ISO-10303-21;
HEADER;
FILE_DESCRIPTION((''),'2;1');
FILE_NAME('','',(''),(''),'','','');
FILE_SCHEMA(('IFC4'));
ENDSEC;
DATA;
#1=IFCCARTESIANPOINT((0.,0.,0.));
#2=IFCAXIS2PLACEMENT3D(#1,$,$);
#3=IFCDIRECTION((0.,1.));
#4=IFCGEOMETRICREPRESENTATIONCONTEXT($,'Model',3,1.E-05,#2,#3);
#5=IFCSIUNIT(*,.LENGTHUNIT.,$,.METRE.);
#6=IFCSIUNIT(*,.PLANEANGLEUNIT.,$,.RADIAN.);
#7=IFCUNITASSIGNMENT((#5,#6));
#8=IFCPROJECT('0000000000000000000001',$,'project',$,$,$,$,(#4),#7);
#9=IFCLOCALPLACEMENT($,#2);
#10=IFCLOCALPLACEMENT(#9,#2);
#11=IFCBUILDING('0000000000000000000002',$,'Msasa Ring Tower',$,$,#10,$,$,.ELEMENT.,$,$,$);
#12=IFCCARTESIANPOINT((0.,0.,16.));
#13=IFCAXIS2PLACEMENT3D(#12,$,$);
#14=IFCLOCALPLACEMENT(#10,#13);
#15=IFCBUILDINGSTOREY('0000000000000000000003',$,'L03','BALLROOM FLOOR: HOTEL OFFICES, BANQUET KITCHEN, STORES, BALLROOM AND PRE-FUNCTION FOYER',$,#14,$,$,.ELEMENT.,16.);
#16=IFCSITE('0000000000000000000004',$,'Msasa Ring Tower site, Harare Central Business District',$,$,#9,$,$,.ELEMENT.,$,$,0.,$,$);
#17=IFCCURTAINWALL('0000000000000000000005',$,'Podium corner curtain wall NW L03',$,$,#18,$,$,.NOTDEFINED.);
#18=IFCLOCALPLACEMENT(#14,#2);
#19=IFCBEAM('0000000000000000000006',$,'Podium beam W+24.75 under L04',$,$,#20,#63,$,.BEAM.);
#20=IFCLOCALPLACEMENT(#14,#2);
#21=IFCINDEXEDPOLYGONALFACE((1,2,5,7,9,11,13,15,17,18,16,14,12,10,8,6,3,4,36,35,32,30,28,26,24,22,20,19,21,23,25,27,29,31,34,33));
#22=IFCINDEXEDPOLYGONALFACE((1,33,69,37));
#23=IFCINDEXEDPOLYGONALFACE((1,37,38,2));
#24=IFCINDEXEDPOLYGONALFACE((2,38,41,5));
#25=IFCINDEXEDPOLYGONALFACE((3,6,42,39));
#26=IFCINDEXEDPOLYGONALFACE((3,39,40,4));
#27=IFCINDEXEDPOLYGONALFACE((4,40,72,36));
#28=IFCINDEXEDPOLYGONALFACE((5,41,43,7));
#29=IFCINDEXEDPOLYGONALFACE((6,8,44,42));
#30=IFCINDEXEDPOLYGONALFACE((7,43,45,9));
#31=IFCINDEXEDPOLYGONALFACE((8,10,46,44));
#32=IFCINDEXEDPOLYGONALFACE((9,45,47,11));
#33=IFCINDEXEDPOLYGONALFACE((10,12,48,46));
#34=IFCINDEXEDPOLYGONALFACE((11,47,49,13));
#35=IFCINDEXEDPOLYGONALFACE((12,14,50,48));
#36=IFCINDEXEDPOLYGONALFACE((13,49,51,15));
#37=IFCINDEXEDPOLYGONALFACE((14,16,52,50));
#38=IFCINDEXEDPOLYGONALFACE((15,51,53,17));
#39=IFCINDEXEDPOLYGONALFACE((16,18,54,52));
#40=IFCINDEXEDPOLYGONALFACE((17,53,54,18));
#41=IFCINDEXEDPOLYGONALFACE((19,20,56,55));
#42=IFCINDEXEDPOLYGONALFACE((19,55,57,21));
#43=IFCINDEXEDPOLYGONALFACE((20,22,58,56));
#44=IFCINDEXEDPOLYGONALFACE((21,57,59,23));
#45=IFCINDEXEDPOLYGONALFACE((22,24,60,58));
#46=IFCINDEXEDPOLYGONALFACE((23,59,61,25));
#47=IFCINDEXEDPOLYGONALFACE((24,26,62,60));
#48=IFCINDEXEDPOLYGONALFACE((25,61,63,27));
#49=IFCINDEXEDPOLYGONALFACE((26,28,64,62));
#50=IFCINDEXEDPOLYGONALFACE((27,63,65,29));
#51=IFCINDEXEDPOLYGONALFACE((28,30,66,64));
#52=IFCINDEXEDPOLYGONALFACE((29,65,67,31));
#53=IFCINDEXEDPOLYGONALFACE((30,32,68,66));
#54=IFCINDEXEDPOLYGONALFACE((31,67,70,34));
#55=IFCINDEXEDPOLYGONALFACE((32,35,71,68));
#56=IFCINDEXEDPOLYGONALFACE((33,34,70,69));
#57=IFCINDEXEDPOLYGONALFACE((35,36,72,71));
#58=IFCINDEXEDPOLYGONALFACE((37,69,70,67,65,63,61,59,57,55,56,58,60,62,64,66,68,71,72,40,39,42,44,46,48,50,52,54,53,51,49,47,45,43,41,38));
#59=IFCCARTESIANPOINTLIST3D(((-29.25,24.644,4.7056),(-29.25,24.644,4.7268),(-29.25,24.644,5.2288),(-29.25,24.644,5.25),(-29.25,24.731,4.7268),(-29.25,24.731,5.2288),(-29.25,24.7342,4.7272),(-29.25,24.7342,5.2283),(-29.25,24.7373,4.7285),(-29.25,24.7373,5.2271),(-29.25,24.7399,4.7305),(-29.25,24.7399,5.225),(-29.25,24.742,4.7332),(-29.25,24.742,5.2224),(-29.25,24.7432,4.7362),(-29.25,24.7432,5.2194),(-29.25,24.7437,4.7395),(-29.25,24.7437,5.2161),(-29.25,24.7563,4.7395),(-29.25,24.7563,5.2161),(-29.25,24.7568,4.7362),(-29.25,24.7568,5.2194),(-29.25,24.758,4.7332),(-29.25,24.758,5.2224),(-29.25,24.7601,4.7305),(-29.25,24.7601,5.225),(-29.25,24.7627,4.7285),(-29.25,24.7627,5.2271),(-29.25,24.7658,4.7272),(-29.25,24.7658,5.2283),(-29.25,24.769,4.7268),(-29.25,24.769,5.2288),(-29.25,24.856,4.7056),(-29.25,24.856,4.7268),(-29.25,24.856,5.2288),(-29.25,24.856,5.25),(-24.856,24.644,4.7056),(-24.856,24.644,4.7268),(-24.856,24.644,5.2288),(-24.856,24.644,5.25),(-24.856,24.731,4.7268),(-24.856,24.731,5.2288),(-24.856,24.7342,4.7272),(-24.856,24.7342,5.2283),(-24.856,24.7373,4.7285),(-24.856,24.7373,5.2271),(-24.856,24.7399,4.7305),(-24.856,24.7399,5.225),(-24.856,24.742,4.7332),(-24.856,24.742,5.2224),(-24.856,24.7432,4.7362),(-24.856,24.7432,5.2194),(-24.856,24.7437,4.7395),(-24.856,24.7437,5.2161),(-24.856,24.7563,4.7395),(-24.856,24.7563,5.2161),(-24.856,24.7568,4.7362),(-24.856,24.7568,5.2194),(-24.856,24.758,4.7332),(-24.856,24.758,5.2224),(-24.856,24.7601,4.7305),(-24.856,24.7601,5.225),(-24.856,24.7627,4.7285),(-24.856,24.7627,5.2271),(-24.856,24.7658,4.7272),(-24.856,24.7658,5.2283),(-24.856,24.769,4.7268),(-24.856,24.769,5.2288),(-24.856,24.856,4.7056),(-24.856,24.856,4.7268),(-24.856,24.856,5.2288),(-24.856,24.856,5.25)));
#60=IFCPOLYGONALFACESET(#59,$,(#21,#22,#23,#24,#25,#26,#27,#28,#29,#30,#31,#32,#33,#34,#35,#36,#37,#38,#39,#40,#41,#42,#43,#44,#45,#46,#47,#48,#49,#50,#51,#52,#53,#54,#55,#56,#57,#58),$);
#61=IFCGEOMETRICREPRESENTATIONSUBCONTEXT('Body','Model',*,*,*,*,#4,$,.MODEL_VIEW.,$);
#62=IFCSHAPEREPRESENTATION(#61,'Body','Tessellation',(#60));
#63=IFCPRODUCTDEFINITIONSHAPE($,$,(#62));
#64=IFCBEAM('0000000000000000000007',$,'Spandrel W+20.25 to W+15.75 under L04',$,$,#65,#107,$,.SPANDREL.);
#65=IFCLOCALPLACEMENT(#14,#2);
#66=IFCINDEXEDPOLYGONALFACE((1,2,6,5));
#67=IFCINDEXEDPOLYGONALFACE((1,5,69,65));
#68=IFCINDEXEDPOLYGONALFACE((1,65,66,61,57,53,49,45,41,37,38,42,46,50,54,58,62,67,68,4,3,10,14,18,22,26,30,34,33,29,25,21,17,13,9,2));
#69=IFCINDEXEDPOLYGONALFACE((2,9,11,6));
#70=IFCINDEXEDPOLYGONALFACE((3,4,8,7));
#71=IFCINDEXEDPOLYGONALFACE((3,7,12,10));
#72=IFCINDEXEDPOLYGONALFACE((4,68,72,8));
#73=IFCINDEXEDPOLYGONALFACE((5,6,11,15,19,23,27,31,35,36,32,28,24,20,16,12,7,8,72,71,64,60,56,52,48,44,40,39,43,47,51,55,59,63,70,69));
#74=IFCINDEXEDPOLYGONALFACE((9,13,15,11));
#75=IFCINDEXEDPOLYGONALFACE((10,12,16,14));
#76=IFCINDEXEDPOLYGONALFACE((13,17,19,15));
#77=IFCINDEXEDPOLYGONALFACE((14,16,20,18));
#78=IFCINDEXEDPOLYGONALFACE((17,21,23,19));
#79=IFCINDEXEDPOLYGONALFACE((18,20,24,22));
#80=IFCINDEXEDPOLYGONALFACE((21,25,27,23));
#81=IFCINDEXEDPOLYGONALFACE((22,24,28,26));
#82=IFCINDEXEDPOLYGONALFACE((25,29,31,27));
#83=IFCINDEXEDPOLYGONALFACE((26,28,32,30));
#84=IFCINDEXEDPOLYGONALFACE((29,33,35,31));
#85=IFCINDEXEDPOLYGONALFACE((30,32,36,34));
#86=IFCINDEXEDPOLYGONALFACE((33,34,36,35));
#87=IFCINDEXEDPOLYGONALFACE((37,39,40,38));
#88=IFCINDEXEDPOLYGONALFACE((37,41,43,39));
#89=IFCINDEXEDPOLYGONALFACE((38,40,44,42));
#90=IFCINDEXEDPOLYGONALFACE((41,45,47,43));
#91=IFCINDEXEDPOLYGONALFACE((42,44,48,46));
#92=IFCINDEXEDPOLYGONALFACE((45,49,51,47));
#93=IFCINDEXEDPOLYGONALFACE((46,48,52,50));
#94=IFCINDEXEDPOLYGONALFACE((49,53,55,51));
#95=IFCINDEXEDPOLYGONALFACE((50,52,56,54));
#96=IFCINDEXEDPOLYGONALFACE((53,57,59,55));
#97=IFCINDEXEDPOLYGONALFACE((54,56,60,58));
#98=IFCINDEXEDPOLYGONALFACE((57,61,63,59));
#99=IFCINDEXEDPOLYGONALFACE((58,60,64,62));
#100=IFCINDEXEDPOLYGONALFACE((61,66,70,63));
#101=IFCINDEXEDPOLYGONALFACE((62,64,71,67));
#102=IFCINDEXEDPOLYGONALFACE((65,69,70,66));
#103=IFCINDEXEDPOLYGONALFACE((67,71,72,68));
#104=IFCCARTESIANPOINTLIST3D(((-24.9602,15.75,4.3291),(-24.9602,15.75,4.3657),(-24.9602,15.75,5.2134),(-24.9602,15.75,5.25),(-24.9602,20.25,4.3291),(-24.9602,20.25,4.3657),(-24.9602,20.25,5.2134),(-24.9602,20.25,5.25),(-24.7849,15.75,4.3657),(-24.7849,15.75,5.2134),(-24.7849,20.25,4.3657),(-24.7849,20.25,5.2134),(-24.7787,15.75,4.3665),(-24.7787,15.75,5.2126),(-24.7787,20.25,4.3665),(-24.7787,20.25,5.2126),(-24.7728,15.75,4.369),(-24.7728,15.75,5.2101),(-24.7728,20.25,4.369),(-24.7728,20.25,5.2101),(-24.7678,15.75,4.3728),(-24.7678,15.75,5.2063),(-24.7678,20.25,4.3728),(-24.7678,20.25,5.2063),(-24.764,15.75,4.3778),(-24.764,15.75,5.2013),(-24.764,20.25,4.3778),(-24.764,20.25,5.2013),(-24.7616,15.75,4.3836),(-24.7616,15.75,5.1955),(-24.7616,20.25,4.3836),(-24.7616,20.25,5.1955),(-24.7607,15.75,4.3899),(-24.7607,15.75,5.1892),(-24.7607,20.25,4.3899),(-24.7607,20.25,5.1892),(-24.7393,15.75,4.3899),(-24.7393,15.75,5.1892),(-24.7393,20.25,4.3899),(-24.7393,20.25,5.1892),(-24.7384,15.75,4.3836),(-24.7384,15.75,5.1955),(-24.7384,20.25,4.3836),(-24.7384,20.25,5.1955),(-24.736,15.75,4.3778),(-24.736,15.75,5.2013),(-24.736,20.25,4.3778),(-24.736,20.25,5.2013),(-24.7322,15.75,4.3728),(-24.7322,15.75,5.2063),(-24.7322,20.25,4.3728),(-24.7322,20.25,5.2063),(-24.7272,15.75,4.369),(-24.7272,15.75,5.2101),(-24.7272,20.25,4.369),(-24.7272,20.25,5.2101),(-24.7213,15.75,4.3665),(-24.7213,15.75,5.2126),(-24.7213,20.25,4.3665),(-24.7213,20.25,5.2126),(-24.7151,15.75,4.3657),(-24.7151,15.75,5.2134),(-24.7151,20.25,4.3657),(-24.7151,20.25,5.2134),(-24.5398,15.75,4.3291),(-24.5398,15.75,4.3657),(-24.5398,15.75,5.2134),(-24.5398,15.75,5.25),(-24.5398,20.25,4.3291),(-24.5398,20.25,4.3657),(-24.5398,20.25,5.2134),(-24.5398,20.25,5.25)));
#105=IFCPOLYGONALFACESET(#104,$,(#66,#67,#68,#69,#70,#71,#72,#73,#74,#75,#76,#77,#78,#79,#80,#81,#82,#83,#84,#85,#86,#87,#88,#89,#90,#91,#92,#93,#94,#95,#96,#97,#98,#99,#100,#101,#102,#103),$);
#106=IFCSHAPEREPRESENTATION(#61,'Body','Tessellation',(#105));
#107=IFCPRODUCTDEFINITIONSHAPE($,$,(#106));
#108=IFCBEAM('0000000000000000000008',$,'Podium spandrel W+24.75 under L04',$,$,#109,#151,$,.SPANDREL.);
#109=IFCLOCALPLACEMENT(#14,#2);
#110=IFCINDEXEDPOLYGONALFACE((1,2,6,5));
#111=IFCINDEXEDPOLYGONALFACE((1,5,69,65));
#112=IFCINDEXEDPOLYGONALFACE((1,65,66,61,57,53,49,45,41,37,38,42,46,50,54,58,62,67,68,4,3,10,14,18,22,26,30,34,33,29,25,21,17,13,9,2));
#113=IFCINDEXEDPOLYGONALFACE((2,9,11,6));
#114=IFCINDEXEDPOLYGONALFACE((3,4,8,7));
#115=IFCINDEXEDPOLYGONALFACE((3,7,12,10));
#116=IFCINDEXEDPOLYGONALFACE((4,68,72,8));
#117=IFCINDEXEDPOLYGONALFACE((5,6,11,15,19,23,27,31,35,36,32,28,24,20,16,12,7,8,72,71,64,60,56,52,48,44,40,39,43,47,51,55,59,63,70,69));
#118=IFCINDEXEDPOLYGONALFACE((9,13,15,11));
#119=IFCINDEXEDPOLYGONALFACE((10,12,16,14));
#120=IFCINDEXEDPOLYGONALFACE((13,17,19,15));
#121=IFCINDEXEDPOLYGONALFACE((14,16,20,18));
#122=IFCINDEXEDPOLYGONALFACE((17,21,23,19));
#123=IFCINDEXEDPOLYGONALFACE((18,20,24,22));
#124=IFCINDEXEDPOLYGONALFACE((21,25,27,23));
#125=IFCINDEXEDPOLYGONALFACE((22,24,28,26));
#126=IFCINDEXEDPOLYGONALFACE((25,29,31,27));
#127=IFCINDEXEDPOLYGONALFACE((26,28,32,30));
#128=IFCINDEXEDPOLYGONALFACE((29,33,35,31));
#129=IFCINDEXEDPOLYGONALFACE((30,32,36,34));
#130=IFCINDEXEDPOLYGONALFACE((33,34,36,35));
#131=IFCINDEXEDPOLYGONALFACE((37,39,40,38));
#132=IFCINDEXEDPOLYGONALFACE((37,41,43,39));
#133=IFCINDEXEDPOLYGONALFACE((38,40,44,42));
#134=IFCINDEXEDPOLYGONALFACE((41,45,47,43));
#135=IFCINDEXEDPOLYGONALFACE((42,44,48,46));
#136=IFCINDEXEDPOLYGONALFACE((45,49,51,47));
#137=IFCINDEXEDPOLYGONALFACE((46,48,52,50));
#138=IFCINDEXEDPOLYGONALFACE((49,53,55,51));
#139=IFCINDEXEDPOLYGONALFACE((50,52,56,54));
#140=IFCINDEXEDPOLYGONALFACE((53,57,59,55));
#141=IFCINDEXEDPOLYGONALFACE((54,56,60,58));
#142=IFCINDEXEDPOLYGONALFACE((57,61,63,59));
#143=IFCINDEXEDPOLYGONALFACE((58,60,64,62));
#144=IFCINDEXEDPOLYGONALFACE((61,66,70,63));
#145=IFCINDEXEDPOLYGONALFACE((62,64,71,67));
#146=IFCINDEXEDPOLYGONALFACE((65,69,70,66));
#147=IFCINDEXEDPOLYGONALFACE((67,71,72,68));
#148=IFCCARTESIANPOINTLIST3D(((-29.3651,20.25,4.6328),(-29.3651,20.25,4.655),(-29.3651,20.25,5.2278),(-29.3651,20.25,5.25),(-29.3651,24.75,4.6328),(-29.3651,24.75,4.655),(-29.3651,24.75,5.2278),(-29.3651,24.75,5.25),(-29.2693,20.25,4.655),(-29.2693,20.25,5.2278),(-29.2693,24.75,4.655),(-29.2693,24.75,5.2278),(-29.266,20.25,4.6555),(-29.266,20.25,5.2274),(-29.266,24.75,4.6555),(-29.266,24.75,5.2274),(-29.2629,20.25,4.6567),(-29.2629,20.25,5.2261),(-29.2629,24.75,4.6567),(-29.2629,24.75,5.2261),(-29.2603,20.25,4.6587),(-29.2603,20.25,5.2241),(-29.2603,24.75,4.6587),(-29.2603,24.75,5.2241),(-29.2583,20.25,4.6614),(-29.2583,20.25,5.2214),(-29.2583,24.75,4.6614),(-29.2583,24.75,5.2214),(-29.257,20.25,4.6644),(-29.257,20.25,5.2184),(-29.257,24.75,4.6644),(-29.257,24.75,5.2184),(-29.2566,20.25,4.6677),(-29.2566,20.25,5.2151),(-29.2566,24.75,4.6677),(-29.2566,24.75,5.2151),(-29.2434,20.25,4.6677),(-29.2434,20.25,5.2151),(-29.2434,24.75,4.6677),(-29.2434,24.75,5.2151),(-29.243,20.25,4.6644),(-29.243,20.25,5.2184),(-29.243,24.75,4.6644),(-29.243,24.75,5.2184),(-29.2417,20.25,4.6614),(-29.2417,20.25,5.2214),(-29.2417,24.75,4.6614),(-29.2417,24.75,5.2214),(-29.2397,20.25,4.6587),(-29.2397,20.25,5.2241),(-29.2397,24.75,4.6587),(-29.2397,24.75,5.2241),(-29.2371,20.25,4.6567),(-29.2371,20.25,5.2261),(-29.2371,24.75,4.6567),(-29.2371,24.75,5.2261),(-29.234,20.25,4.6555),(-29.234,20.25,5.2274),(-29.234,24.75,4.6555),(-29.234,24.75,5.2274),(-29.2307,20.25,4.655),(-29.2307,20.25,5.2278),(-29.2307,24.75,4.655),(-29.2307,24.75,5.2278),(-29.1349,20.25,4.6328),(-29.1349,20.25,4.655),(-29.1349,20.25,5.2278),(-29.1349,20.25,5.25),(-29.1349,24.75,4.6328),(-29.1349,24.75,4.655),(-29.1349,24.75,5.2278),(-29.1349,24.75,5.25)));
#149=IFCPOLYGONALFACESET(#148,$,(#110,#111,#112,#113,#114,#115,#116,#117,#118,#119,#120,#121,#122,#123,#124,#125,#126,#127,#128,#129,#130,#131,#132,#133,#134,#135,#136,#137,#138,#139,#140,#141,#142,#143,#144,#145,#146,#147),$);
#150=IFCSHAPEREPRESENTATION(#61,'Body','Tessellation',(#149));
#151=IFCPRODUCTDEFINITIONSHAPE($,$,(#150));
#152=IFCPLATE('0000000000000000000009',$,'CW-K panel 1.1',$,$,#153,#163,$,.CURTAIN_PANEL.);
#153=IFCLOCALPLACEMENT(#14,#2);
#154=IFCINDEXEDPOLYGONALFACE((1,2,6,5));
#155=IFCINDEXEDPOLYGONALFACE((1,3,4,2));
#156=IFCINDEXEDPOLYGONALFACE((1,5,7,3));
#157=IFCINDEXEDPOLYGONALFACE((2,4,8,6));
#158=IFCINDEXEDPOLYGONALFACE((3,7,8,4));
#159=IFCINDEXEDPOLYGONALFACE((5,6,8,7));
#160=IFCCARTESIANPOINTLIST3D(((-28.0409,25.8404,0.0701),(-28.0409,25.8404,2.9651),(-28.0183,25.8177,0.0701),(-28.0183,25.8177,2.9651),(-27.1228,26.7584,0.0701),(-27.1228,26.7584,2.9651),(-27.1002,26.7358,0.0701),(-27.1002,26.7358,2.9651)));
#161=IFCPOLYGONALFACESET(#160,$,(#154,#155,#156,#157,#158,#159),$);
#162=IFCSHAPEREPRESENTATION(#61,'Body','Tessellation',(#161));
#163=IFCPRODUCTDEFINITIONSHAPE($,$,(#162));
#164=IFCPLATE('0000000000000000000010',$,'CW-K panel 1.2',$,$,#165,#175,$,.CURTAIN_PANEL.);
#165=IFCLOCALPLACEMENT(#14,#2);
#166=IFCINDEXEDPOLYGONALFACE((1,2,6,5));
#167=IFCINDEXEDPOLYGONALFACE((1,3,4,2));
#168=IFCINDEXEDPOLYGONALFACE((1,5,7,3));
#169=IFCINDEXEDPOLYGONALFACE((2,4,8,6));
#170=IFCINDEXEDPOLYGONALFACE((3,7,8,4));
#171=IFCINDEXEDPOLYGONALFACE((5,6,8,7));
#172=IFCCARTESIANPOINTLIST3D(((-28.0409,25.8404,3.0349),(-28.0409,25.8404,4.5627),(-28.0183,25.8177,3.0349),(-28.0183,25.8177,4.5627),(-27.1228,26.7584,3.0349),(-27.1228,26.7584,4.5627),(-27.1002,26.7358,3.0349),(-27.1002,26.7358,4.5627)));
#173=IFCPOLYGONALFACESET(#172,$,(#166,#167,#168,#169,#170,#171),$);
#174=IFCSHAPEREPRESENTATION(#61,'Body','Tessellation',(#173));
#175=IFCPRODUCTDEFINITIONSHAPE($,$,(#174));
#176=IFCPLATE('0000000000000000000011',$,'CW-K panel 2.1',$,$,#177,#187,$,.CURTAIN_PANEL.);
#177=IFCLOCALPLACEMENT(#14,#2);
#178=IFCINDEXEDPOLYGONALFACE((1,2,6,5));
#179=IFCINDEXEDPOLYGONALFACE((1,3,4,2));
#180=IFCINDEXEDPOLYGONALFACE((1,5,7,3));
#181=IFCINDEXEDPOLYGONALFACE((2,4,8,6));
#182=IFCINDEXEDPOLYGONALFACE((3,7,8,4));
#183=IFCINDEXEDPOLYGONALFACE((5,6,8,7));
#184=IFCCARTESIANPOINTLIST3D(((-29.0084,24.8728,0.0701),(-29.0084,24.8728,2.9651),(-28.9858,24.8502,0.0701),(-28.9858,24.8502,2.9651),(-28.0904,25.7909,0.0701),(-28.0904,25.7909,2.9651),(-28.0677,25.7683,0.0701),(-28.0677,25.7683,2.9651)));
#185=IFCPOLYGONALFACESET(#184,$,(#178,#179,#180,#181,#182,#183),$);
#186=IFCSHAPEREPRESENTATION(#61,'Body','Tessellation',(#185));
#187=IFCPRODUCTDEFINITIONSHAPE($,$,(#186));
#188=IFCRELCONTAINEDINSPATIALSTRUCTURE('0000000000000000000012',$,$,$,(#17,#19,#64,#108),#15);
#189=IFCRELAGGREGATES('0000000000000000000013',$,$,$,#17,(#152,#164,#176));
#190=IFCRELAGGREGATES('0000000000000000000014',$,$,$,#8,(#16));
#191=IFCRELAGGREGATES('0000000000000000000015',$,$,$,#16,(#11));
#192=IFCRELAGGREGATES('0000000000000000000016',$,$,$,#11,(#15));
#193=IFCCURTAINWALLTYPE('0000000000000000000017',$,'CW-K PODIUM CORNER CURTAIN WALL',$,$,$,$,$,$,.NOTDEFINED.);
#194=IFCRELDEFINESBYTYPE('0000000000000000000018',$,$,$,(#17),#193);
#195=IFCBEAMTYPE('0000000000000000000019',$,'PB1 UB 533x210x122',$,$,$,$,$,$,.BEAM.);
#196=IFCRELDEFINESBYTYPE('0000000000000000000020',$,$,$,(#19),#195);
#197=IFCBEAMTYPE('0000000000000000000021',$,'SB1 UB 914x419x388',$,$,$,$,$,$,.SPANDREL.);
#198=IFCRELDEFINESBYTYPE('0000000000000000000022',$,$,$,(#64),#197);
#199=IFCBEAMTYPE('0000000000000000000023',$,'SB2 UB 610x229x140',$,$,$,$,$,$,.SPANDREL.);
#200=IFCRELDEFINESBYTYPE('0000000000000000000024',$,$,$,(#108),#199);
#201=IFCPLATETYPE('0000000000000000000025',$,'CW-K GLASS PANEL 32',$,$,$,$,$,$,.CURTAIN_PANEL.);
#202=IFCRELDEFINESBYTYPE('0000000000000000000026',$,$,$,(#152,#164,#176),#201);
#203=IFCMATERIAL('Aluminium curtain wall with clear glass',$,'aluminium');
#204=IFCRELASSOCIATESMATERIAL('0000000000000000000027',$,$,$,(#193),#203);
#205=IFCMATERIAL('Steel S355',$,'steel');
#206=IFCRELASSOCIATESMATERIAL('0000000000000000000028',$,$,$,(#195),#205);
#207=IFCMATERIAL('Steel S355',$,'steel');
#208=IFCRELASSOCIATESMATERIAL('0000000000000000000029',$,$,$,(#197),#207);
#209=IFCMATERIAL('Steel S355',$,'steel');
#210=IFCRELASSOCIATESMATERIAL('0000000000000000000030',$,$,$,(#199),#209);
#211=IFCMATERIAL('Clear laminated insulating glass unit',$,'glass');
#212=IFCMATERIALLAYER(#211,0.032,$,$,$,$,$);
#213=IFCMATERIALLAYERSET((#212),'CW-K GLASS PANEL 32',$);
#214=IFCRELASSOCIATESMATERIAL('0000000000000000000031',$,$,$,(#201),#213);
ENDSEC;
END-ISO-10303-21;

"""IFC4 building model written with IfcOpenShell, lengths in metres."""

from ifc_helpers import new_model, si_unit, direction, frame, origin, origin_2d, place, context, subcontext, project, spatial, rectangle, i_section, extrude, material, layer, layer_set, material_profile, profile_set, type_object, element, aggregate, save


model = new_model("IFC4")

# Units and contexts
model_context = context("Model", 3, precision=1e-05, world=origin(), true_north=direction((0.0, 1.0)))
body_context = subcontext(model_context, "Body", "Model", "MODEL_VIEW")
ifc_project = project(units=[si_unit("LENGTHUNIT", "METRE"), si_unit("PLANEANGLEUNIT", "RADIAN")], contexts=[model_context])

# Site, building, storey
site_placement = place(None, origin())
site = spatial("IfcSite", under=ifc_project, at=site_placement, Name="Msasa Ring Tower site, Harare Central Business District", CompositionType="ELEMENT", RefElevation=0.0)
building_placement = place(site_placement, origin())
building = spatial("IfcBuilding", under=site, at=building_placement, Name="Msasa Ring Tower", CompositionType="ELEMENT")
storey_placement = place(building_placement, frame((0.0, 0.0, 16.0)))
storey = spatial("IfcBuildingStorey", under=building, at=storey_placement, Name="L03", Description="BALLROOM FLOOR: HOTEL OFFICES, BANQUET KITCHEN, STORES, BALLROOM AND PRE-FUNCTION FOYER", CompositionType="ELEMENT", Elevation=16.0)

# Curtain wall
ifc_material_1 = material(Name="Aluminium curtain wall with clear glass", Category="aluminium")
curtain_wall_type = type_object("IfcCurtainWallType", Name="CW-K PODIUM CORNER CURTAIN WALL", PredefinedType="NOTDEFINED", material=ifc_material_1)
curtain_wall_placement = place(storey_placement, origin())
curtain_wall = element("IfcCurtainWall", 1, at=curtain_wall_placement, inside=storey, type_object=curtain_wall_type, Name="Podium corner curtain wall NW L03", PredefinedType="NOTDEFINED")

# Beams
ifc_material_2 = material(Name="Steel S355", Category="steel")
ifc_material_profile_1 = material_profile(ifc_material_2, i_section(OverallWidth=0.2119, OverallDepth=0.5444, WebThickness=0.0127, FlangeThickness=0.0212, FilletRadius=0.0127, at=origin_2d()), Name="UB 533x210x122")
ifc_profile_set_1 = profile_set([ifc_material_profile_1], Name="Steel S355")
beam_type_1 = type_object("IfcBeamType", Name="PB1 UB 533x210x122", PredefinedType="BEAM", material=ifc_profile_set_1)
beam_1_placement = place(storey_placement, frame((-29.25, 24.75, 4.9778), z_axis=(1.0, 0.0, 0.0), x_axis=(0.0, 1.0, 0.0)))
element("IfcBeam", 2, at=beam_1_placement, inside=storey, type_object=beam_type_1, Name="Podium beam W+24.75 under L04", PredefinedType="BEAM", context=body_context, shape_type="SweptSolid", body=[
    extrude(i_section(OverallWidth=0.2119, OverallDepth=0.5444, WebThickness=0.0127, FlangeThickness=0.0212, FilletRadius=0.0127, at=origin_2d()), origin(), (0.0, 0.0, 1.0), 4.394),
])
ifc_material_3 = material(Name="Steel S355", Category="steel")
ifc_material_profile_2 = material_profile(ifc_material_3, i_section(OverallWidth=0.4204, OverallDepth=0.9209, WebThickness=0.0215, FlangeThickness=0.0366, FilletRadius=0.0242, at=origin_2d()), Name="UB 914x419x388")
ifc_profile_set_2 = profile_set([ifc_material_profile_2], Name="Steel S355")
beam_type_2 = type_object("IfcBeamType", Name="SB1 UB 914x419x388", PredefinedType="SPANDREL", material=ifc_profile_set_2)
beam_2_placement = place(storey_placement, frame((-24.75, 20.25, 4.7896), z_axis=(0.0, -1.0, 0.0), x_axis=(1.0, 0.0, 0.0)))
element("IfcBeam", 3, at=beam_2_placement, inside=storey, type_object=beam_type_2, Name="Spandrel W+20.25 to W+15.75 under L04", PredefinedType="SPANDREL", context=body_context, shape_type="SweptSolid", body=[
    extrude(i_section(OverallWidth=0.4204, OverallDepth=0.9209, WebThickness=0.0215, FlangeThickness=0.0366, FilletRadius=0.0242, at=origin_2d()), origin(), (0.0, 0.0, 1.0), 4.5),
])
ifc_material_4 = material(Name="Steel S355", Category="steel")
ifc_material_profile_3 = material_profile(ifc_material_4, i_section(OverallWidth=0.2302, OverallDepth=0.6172, WebThickness=0.0132, FlangeThickness=0.0222, FilletRadius=0.0127, at=origin_2d()), Name="UB 610x229x140")
ifc_profile_set_3 = profile_set([ifc_material_profile_3], Name="Steel S355")
beam_type_3 = type_object("IfcBeamType", Name="SB2 UB 610x229x140", PredefinedType="SPANDREL", material=ifc_profile_set_3)
beam_3_placement = place(storey_placement, frame((-29.25, 24.75, 4.9414), z_axis=(0.0, -1.0, 0.0), x_axis=(1.0, 0.0, 0.0)))
element("IfcBeam", 4, at=beam_3_placement, inside=storey, type_object=beam_type_3, Name="Podium spandrel W+24.75 under L04", PredefinedType="SPANDREL", context=body_context, shape_type="SweptSolid", body=[
    extrude(i_section(OverallWidth=0.2302, OverallDepth=0.6172, WebThickness=0.0132, FlangeThickness=0.0222, FilletRadius=0.0127, at=origin_2d()), origin(), (0.0, 0.0, 1.0), 4.5),
])

# Plates
ifc_material_5 = material(Name="Clear laminated insulating glass unit", Category="glass")
ifc_layer_1 = layer(ifc_material_5, 0.032)
ifc_layer_set_1 = layer_set([ifc_layer_1], Name="CW-K GLASS PANEL 32")
plate_type = type_object("IfcPlateType", Name="CW-K GLASS PANEL 32", PredefinedType="CURTAIN_PANEL", material=ifc_layer_set_1)
plate_1_placement = place(storey_placement, frame((-27.5706, 26.2881, 0.0701), z_axis=(0.0, 0.0, 1.0), x_axis=(-0.707107, -0.707107, 0.0)))
plate_1 = element("IfcPlate", 5, at=plate_1_placement, type_object=plate_type, Name="CW-K panel 1.1", PredefinedType="CURTAIN_PANEL", context=body_context, shape_type="SweptSolid", body=[
    extrude(rectangle(XDim=1.2983, YDim=0.032, at=origin_2d()), origin(), (0.0, 0.0, 1.0), 2.895),
])
plate_2_placement = place(storey_placement, frame((-27.5706, 26.2881, 3.0349), z_axis=(0.0, 0.0, 1.0), x_axis=(-0.707107, -0.707107, 0.0)))
plate_2 = element("IfcPlate", 6, at=plate_2_placement, type_object=plate_type, Name="CW-K panel 1.2", PredefinedType="CURTAIN_PANEL", context=body_context, shape_type="SweptSolid", body=[
    extrude(rectangle(XDim=1.2983, YDim=0.032, at=origin_2d()), origin(), (0.0, 0.0, 1.0), 1.5278),
])
plate_3_placement = place(storey_placement, frame((-28.5381, 25.3206, 0.0701), z_axis=(0.0, 0.0, 1.0), x_axis=(-0.707107, -0.707107, 0.0)))
plate_3 = element("IfcPlate", 7, at=plate_3_placement, type_object=plate_type, Name="CW-K panel 2.1", PredefinedType="CURTAIN_PANEL", context=body_context, shape_type="SweptSolid", body=[
    extrude(rectangle(XDim=1.2983, YDim=0.032, at=origin_2d()), origin(), (0.0, 0.0, 1.0), 2.895),
])
aggregate(curtain_wall, [plate_1, plate_2, plate_3])

save(model, "model.ifc")
